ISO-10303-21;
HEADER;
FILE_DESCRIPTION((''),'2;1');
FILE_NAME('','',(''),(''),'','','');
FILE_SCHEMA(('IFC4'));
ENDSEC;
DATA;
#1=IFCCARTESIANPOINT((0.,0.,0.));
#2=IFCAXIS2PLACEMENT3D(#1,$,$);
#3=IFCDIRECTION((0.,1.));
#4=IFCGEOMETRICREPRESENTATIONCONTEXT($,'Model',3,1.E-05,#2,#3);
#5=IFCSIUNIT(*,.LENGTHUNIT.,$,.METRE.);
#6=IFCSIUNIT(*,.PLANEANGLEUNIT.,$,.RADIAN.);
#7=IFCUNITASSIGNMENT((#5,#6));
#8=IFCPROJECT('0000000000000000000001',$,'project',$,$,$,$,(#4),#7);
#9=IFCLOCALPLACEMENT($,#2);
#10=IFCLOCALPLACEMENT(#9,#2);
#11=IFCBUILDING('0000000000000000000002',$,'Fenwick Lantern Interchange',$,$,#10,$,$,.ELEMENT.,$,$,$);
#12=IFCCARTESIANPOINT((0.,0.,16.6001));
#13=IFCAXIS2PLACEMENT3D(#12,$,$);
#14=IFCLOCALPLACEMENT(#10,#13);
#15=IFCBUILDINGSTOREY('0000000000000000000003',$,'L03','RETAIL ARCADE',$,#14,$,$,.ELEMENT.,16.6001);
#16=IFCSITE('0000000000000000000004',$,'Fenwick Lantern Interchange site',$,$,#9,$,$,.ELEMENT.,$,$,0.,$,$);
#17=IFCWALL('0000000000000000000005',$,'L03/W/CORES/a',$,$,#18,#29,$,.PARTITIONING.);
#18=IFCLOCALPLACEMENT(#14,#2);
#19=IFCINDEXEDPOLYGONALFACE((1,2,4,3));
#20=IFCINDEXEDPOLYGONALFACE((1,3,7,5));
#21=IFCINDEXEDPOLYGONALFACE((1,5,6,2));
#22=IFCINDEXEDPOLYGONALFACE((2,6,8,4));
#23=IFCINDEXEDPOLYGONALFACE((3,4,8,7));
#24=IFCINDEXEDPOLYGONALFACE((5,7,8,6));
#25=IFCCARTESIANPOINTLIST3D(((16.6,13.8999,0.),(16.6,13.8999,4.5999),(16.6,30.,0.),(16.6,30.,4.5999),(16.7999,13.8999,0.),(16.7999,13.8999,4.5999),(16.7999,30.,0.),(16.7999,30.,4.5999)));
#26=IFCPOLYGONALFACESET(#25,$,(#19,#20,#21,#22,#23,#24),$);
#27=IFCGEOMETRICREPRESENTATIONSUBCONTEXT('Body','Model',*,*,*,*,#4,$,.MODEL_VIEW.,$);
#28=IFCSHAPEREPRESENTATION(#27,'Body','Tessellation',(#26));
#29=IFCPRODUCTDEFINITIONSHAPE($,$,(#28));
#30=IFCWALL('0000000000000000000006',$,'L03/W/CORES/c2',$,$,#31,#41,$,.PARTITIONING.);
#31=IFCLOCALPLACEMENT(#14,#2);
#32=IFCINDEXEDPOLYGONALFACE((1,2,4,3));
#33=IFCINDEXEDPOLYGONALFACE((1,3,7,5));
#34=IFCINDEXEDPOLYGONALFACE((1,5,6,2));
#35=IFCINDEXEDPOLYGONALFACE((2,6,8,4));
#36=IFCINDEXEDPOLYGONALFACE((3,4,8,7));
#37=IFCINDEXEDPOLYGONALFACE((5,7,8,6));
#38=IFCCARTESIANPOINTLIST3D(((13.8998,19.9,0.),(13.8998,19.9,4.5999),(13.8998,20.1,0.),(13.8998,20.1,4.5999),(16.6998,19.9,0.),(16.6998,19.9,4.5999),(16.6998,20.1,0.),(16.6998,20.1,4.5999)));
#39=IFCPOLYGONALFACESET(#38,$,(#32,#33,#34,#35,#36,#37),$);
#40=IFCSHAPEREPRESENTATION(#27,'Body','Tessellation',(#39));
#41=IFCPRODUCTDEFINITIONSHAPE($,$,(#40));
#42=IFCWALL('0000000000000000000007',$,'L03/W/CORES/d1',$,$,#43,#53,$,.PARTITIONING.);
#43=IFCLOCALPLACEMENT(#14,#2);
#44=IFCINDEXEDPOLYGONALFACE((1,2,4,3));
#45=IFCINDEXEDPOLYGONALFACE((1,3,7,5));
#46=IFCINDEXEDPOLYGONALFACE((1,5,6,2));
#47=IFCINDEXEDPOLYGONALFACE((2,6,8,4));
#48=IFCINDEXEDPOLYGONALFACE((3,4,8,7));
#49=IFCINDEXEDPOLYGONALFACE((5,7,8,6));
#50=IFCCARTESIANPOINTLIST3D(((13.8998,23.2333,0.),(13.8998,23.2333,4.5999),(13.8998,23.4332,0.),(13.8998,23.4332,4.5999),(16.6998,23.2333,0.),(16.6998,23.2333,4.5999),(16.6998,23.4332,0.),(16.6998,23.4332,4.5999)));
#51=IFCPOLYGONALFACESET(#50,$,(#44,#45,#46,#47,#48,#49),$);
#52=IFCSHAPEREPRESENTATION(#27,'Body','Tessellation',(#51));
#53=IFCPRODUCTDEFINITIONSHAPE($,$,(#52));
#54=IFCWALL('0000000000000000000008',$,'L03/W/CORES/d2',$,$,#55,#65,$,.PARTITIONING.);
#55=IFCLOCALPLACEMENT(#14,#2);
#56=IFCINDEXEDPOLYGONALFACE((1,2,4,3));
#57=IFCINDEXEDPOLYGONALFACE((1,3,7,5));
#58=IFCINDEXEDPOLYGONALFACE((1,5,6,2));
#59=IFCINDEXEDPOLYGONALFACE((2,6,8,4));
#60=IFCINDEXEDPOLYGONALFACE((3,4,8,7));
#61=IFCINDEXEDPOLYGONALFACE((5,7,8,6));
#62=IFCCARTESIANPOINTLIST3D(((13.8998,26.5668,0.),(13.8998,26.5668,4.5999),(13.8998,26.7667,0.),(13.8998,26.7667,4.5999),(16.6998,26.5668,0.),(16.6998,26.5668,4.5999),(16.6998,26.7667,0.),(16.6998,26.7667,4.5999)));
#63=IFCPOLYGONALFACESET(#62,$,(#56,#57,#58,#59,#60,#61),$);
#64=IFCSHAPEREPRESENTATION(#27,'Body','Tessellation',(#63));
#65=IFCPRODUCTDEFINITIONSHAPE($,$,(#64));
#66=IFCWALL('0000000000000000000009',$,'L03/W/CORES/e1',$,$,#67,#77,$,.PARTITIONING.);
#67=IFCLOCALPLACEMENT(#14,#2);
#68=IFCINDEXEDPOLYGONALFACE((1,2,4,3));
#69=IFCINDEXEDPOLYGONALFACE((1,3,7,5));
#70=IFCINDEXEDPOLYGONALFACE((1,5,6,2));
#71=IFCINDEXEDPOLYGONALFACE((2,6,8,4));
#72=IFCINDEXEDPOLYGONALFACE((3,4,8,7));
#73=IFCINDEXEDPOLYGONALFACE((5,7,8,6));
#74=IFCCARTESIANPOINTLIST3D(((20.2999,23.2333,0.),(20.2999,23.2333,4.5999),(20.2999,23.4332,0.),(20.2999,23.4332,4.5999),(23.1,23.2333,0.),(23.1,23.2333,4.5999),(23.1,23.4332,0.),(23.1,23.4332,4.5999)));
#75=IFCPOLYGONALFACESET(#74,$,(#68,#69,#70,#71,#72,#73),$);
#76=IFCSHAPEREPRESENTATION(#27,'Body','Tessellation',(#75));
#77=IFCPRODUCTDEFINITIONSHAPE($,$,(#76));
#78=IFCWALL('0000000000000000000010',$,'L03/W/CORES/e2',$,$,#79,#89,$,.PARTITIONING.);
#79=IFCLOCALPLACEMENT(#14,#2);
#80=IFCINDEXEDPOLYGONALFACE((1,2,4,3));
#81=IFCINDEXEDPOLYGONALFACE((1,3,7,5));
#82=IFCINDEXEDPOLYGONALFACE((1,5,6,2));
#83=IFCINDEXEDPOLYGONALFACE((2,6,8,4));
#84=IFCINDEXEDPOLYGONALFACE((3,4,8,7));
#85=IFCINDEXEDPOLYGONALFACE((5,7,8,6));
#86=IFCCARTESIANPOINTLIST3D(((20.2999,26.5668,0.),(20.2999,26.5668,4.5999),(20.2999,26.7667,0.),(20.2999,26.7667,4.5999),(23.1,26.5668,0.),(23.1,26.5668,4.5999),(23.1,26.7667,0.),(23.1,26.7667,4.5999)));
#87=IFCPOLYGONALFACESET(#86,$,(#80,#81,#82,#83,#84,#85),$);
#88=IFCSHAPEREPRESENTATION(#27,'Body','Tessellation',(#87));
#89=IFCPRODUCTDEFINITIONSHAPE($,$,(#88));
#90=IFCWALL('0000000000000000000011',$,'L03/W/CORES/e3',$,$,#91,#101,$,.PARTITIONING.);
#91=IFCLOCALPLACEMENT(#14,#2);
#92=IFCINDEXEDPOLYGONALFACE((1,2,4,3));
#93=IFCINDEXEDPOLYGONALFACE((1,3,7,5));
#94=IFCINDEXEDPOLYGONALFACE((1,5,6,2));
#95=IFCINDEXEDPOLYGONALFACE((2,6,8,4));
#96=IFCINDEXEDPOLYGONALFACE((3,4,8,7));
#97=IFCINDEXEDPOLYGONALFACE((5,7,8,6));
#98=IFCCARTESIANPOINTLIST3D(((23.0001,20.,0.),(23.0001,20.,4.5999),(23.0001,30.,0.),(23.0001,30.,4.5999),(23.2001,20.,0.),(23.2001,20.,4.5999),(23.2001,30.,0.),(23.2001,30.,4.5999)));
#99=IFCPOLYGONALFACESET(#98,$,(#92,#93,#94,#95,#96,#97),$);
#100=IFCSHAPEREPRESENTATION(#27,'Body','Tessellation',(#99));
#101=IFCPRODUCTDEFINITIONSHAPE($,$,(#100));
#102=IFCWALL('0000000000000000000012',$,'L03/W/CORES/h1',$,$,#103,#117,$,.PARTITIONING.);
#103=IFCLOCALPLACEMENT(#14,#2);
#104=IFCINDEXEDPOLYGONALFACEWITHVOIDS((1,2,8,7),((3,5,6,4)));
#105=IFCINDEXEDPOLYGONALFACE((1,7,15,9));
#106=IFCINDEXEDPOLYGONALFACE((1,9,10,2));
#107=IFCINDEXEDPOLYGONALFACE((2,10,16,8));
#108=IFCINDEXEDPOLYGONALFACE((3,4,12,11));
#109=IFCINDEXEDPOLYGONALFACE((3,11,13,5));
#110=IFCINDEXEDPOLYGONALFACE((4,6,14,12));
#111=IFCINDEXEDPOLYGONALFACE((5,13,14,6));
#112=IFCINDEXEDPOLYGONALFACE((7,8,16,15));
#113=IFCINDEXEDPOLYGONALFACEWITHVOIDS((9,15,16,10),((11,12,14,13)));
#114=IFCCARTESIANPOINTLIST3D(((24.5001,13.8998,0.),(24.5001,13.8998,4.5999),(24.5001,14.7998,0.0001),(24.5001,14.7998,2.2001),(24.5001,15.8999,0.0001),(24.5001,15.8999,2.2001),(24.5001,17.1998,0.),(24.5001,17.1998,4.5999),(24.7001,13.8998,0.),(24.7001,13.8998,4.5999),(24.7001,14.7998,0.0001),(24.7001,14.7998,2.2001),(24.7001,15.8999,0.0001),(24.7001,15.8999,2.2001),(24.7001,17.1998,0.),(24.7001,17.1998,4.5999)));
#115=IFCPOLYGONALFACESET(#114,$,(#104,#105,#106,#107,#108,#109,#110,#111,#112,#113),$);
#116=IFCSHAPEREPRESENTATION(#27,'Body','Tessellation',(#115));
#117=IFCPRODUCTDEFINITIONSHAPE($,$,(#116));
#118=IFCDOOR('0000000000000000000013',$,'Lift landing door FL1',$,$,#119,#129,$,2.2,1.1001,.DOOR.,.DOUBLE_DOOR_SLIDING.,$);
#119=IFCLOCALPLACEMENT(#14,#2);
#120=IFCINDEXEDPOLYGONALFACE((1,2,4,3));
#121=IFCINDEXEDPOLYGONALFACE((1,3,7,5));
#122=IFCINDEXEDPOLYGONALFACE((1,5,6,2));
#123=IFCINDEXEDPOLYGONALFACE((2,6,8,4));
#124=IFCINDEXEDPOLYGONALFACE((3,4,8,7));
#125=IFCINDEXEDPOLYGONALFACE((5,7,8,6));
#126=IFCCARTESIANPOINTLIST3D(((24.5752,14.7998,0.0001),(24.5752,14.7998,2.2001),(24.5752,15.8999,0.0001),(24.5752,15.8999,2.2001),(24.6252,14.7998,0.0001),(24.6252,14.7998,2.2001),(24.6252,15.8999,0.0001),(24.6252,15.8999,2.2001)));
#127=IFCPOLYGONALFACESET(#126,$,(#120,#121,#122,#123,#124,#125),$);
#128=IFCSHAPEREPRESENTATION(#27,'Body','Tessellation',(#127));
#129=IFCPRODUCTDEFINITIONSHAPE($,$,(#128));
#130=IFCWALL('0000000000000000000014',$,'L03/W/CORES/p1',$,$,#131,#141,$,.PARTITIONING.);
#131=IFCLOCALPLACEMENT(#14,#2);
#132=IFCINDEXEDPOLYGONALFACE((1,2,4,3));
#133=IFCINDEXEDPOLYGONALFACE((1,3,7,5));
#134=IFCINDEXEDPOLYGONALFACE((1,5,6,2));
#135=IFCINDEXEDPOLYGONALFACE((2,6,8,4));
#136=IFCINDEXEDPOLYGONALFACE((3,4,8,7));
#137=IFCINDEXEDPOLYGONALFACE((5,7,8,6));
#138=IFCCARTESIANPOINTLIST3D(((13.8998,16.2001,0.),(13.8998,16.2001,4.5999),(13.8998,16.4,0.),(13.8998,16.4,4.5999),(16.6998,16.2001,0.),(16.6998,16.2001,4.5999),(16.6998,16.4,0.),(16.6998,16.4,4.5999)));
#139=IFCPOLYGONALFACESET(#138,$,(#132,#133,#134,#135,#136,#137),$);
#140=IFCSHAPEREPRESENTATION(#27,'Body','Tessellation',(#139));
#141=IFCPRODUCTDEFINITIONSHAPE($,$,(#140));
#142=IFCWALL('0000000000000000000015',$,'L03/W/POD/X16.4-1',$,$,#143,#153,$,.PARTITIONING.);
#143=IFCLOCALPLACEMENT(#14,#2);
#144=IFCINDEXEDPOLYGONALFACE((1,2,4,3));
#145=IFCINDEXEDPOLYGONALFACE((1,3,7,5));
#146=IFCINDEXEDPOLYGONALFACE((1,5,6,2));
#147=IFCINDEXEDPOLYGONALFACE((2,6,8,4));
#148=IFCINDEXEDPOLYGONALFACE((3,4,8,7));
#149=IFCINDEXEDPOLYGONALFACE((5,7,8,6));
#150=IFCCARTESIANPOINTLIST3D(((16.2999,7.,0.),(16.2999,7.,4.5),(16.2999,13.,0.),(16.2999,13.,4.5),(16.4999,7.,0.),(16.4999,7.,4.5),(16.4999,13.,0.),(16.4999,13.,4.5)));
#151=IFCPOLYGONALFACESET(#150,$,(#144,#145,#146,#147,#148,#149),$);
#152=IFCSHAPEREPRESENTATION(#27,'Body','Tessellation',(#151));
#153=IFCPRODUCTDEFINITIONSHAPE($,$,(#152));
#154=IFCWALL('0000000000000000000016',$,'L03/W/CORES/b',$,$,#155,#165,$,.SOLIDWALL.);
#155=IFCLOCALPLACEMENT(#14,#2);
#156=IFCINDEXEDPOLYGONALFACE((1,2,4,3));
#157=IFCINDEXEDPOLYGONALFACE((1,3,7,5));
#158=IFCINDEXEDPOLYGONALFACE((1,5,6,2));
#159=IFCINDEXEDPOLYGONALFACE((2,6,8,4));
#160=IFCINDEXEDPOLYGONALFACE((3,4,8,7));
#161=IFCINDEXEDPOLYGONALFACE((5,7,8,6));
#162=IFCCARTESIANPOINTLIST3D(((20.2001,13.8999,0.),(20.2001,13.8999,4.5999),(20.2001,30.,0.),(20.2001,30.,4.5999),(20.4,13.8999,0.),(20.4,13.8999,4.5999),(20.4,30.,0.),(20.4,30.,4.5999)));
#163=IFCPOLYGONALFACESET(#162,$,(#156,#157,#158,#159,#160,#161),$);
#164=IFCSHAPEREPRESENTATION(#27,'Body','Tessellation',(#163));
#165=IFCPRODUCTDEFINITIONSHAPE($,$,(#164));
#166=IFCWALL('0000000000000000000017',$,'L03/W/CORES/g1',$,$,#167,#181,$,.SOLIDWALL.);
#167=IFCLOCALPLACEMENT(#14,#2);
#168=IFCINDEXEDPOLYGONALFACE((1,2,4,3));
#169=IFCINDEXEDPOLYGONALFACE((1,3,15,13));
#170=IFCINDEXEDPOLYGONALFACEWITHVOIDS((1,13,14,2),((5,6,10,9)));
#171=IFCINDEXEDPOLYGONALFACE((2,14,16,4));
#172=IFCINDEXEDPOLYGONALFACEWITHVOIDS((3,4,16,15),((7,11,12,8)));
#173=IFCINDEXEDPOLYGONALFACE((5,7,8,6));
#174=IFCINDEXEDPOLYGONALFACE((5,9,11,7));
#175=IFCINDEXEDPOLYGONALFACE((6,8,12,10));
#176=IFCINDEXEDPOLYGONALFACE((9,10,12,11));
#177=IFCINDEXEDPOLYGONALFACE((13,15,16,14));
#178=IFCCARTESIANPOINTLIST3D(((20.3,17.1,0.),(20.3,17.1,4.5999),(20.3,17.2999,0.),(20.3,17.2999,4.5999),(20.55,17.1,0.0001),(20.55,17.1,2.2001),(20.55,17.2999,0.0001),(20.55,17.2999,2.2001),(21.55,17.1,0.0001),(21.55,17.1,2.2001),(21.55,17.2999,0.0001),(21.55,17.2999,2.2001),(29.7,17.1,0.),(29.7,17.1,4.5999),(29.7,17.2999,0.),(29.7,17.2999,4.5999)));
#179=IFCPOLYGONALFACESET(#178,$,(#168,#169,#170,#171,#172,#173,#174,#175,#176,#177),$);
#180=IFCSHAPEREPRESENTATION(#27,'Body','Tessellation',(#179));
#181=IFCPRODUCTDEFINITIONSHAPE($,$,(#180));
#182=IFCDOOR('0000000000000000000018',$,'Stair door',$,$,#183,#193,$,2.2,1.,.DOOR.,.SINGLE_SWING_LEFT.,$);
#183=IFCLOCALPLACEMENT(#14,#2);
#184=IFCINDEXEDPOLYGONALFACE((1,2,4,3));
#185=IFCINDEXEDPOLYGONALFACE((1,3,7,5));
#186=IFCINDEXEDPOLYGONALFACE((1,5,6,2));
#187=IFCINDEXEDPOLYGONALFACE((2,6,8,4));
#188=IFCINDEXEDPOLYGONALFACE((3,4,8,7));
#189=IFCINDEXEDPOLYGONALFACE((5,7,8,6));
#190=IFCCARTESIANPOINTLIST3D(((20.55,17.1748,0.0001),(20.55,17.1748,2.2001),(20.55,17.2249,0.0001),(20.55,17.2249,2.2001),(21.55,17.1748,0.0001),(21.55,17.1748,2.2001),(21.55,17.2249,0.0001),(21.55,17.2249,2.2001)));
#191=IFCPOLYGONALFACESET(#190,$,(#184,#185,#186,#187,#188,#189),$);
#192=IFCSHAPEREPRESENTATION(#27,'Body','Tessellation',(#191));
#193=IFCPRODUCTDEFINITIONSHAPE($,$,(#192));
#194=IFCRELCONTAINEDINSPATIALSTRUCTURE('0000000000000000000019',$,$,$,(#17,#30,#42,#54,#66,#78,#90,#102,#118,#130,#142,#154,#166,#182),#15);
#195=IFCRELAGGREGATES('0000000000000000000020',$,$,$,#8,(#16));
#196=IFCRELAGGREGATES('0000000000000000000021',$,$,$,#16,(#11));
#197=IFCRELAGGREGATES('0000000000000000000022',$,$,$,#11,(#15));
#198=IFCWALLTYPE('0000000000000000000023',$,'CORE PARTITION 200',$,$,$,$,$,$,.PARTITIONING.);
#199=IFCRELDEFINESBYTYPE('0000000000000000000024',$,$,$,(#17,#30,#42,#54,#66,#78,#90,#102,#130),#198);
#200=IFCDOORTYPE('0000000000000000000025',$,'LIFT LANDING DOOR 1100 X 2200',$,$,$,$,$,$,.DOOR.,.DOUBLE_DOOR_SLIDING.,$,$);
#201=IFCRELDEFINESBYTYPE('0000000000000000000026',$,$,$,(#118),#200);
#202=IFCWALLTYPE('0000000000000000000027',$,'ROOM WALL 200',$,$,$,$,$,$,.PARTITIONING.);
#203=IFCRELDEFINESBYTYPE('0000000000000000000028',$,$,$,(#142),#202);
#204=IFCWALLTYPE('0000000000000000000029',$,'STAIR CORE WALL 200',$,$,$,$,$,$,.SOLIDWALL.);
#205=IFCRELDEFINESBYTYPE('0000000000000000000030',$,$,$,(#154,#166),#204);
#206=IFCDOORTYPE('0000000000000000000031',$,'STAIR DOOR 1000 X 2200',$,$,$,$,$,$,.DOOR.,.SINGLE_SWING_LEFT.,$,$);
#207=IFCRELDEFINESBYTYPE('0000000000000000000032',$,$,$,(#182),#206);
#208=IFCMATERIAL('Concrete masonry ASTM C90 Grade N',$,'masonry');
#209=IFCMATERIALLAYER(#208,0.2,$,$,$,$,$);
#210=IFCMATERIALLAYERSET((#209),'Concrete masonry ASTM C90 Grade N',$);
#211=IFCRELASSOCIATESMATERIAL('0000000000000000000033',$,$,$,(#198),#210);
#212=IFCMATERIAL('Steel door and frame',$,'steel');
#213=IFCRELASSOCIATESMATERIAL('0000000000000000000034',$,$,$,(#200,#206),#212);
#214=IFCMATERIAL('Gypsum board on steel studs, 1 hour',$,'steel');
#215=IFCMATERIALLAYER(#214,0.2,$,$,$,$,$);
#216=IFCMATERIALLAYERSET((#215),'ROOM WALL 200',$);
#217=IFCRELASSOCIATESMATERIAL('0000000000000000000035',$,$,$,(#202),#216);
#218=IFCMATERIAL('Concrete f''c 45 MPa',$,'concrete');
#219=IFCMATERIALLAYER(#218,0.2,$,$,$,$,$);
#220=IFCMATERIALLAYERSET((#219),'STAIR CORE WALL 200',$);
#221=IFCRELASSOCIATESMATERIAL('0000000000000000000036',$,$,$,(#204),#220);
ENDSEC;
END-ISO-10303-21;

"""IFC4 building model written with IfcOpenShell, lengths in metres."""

from ifc_helpers import new_model, si_unit, direction, frame, frame_2d, origin, place, context, subcontext, project, spatial, rectangle, extrude, material, layer, layer_set, type_object, element, fill, save


model = new_model("IFC4")

# Units and contexts
model_context = context("Model", 3, precision=1e-05, world=origin(), true_north=direction((0.0, 1.0)))
body_context = subcontext(model_context, "Body", "Model", "MODEL_VIEW")
ifc_project = project(units=[si_unit("LENGTHUNIT", "METRE"), si_unit("PLANEANGLEUNIT", "RADIAN")], contexts=[model_context])

# Site, building, storey
site_placement = place(None, origin())
site = spatial("IfcSite", under=ifc_project, at=site_placement, Name="Fenwick Lantern Interchange site", CompositionType="ELEMENT", RefElevation=0.0)
building_placement = place(site_placement, origin())
building = spatial("IfcBuilding", under=site, at=building_placement, Name="Fenwick Lantern Interchange", CompositionType="ELEMENT")
storey_placement = place(building_placement, frame((0.0, 0.0, 16.6001)))
storey = spatial("IfcBuildingStorey", under=building, at=storey_placement, Name="L03", Description="RETAIL ARCADE", CompositionType="ELEMENT", Elevation=16.6001)

# Walls
ifc_material_1 = material(Name="Concrete masonry ASTM C90 Grade N", Category="masonry")
ifc_layer_1 = layer(ifc_material_1, 0.2)
ifc_layer_set_1 = layer_set([ifc_layer_1], Name="Concrete masonry ASTM C90 Grade N")
wall_type_1 = type_object("IfcWallType", Name="CORE PARTITION 200", PredefinedType="PARTITIONING", material=ifc_layer_set_1)
wall_1_placement = place(storey_placement, frame((16.7, 13.8999, 0.0), z_axis=(0.0, 0.0, 1.0), x_axis=(0.0, 1.0, 0.0)))
element("IfcWall", 1, at=wall_1_placement, inside=storey, type_object=wall_type_1, Name="L03/W/CORES/a", PredefinedType="PARTITIONING", context=body_context, shape_type="SweptSolid", body=[
    extrude(rectangle(XDim=16.1001, YDim=0.2, at=frame_2d((8.05, 0.0))), origin(), (0.0, 0.0, 1.0), 4.5999),
])
for number, where, z_axis, x_axis, name in (
    (2, (13.8999, 20.0, 0.0), (0.0, 0.0, 1.0), (1.0, 0.0, 0.0), "L03/W/CORES/c2"),
    (3, (13.8999, 23.3333, 0.0), (0.0, 0.0, 1.0), (1.0, 0.0, 0.0), "L03/W/CORES/d1"),
    (4, (13.8999, 26.6667, 0.0), (0.0, 0.0, 1.0), (1.0, 0.0, 0.0), "L03/W/CORES/d2"),
    (5, (20.3, 23.3333, 0.0), (0.0, 0.0, 1.0), (1.0, 0.0, 0.0), "L03/W/CORES/e1"),
    (6, (20.3, 26.6667, 0.0), (0.0, 0.0, 1.0), (1.0, 0.0, 0.0), "L03/W/CORES/e2"),
):
    element("IfcWall", number, at=place(storey_placement, frame(where, z_axis=z_axis, x_axis=x_axis)), inside=storey, type_object=wall_type_1, Name=name, PredefinedType="PARTITIONING", context=body_context, shape_type="SweptSolid", body=[
        extrude(rectangle(XDim=2.8, YDim=0.2, at=frame_2d((1.3999, 0.0))), origin(), (0.0, 0.0, 1.0), 4.5999),
    ])
wall_2_placement = place(storey_placement, frame((23.1001, 20.0, 0.0), z_axis=(0.0, 0.0, 1.0), x_axis=(0.0, 1.0, 0.0)))
element("IfcWall", 7, at=wall_2_placement, inside=storey, type_object=wall_type_1, Name="L03/W/CORES/e3", PredefinedType="PARTITIONING", context=body_context, shape_type="SweptSolid", body=[
    extrude(rectangle(XDim=10.0, YDim=0.2, at=frame_2d((5.0, 0.0))), origin(), (0.0, 0.0, 1.0), 4.5999),
])

# Wall, opening, door
wall_3_placement = place(storey_placement, frame((24.6001, 13.8999, 0.0), z_axis=(0.0, 0.0, 1.0), x_axis=(0.0, 1.0, 0.0)))
wall_3 = element("IfcWall", 8, at=wall_3_placement, inside=storey, type_object=wall_type_1, Name="L03/W/CORES/h1", PredefinedType="PARTITIONING", context=body_context, shape_type="SweptSolid", body=[
    extrude(rectangle(XDim=3.3, YDim=0.2, at=frame_2d((1.6499, 0.0))), origin(), (0.0, 0.0, 1.0), 4.5999),
])
opening_1_placement = place(wall_3_placement, frame((0.8999, 0.0, 0.0)))
opening_1 = element("IfcOpeningElement", 9, at=opening_1_placement, cuts=wall_3, PredefinedType="OPENING", context=body_context, shape_type="SweptSolid", body=[
    extrude(rectangle(XDim=1.1001, YDim=2.2, at=frame_2d((0.55, 1.1001))), frame((0.0, 0.1099, 0.0), z_axis=(0.0, -1.0, 0.0), x_axis=(1.0, 0.0, 0.0)), (0.0, 0.0, 1.0), 0.22),
])
ifc_material_2 = material(Name="Steel door and frame", Category="steel")
door_type_1 = type_object("IfcDoorType", Name="LIFT LANDING DOOR 1100 X 2200", OperationType="DOUBLE_DOOR_SLIDING", PredefinedType="DOOR", material=ifc_material_2)
door_1_placement = place(opening_1_placement, origin())
door_1 = element("IfcDoor", 10, at=door_1_placement, inside=storey, type_object=door_type_1, Name="Lift landing door FL1", OperationType="DOUBLE_DOOR_SLIDING", OverallHeight=2.2, OverallWidth=1.1001, PredefinedType="DOOR", context=body_context, shape_type="SweptSolid", body=[
    extrude(rectangle(XDim=1.1001, YDim=2.2, at=frame_2d((0.55, 1.1001))), frame((0.0, 0.0249, 0.0), z_axis=(0.0, -1.0, 0.0), x_axis=(1.0, 0.0, 0.0)), (0.0, 0.0, 1.0), 0.05),
])
fill(opening_1, door_1)

# Wall
wall_4_placement = place(storey_placement, frame((13.8999, 16.3, 0.0), z_axis=(0.0, 0.0, 1.0), x_axis=(1.0, 0.0, 0.0)))
element("IfcWall", 11, at=wall_4_placement, inside=storey, type_object=wall_type_1, Name="L03/W/CORES/p1", PredefinedType="PARTITIONING", context=body_context, shape_type="SweptSolid", body=[
    extrude(rectangle(XDim=2.8, YDim=0.2, at=frame_2d((1.3999, 0.0))), origin(), (0.0, 0.0, 1.0), 4.5999),
])

# Walls
ifc_material_3 = material(Name="Gypsum board on steel studs, 1 hour", Category="steel")
ifc_layer_2 = layer(ifc_material_3, 0.2)
ifc_layer_set_2 = layer_set([ifc_layer_2], Name="ROOM WALL 200")
wall_type_2 = type_object("IfcWallType", Name="ROOM WALL 200", PredefinedType="PARTITIONING", material=ifc_layer_set_2)
wall_5_placement = place(storey_placement, frame((16.3999, 7.0, 0.0), z_axis=(0.0, 0.0, 1.0), x_axis=(0.0, 1.0, 0.0)))
element("IfcWall", 12, at=wall_5_placement, inside=storey, type_object=wall_type_2, Name="L03/W/POD/X16.4-1", PredefinedType="PARTITIONING", context=body_context, shape_type="SweptSolid", body=[
    extrude(rectangle(XDim=6.0, YDim=0.2, at=frame_2d((3.0, 0.0))), origin(), (0.0, 0.0, 1.0), 4.5),
])
ifc_material_4 = material(Name="Concrete f'c 45 MPa", Category="concrete")
ifc_layer_3 = layer(ifc_material_4, 0.2)
ifc_layer_set_3 = layer_set([ifc_layer_3], Name="STAIR CORE WALL 200")
wall_type_3 = type_object("IfcWallType", Name="STAIR CORE WALL 200", PredefinedType="SOLIDWALL", material=ifc_layer_set_3)
wall_6_placement = place(storey_placement, frame((20.3, 13.8999, 0.0), z_axis=(0.0, 0.0, 1.0), x_axis=(0.0, 1.0, 0.0)))
element("IfcWall", 13, at=wall_6_placement, inside=storey, type_object=wall_type_3, Name="L03/W/CORES/b", PredefinedType="SOLIDWALL", context=body_context, shape_type="SweptSolid", body=[
    extrude(rectangle(XDim=16.1001, YDim=0.2, at=frame_2d((8.05, 0.0))), origin(), (0.0, 0.0, 1.0), 4.5999),
])

# Wall, opening, door
wall_7_placement = place(storey_placement, frame((20.3, 17.2, 0.0), z_axis=(0.0, 0.0, 1.0), x_axis=(1.0, 0.0, 0.0)))
wall_7 = element("IfcWall", 14, at=wall_7_placement, inside=storey, type_object=wall_type_3, Name="L03/W/CORES/g1", PredefinedType="SOLIDWALL", context=body_context, shape_type="SweptSolid", body=[
    extrude(rectangle(XDim=9.3999, YDim=0.2, at=frame_2d((4.7, 0.0))), origin(), (0.0, 0.0, 1.0), 4.5999),
])
opening_2_placement = place(wall_7_placement, frame((0.25, 0.0, 0.0)))
opening_2 = element("IfcOpeningElement", 15, at=opening_2_placement, cuts=wall_7, PredefinedType="OPENING", context=body_context, shape_type="SweptSolid", body=[
    extrude(rectangle(XDim=1.0, YDim=2.2, at=frame_2d((0.5, 1.1001))), frame((0.0, 0.1099, 0.0), z_axis=(0.0, -1.0, 0.0), x_axis=(1.0, 0.0, 0.0)), (0.0, 0.0, 1.0), 0.22),
])
door_type_2 = type_object("IfcDoorType", Name="STAIR DOOR 1000 X 2200", OperationType="SINGLE_SWING_LEFT", PredefinedType="DOOR", material=ifc_material_2)
door_2_placement = place(opening_2_placement, origin())
door_2 = element("IfcDoor", 16, at=door_2_placement, inside=storey, type_object=door_type_2, Name="Stair door", OperationType="SINGLE_SWING_LEFT", OverallHeight=2.2, OverallWidth=1.0, PredefinedType="DOOR", context=body_context, shape_type="SweptSolid", body=[
    extrude(rectangle(XDim=1.0, YDim=2.2, at=frame_2d((0.5, 1.1001))), frame((0.0, 0.0249, 0.0), z_axis=(0.0, -1.0, 0.0), x_axis=(1.0, 0.0, 0.0)), (0.0, 0.0, 1.0), 0.05),
])
fill(opening_2, door_2)

save(model, "model.ifc")
